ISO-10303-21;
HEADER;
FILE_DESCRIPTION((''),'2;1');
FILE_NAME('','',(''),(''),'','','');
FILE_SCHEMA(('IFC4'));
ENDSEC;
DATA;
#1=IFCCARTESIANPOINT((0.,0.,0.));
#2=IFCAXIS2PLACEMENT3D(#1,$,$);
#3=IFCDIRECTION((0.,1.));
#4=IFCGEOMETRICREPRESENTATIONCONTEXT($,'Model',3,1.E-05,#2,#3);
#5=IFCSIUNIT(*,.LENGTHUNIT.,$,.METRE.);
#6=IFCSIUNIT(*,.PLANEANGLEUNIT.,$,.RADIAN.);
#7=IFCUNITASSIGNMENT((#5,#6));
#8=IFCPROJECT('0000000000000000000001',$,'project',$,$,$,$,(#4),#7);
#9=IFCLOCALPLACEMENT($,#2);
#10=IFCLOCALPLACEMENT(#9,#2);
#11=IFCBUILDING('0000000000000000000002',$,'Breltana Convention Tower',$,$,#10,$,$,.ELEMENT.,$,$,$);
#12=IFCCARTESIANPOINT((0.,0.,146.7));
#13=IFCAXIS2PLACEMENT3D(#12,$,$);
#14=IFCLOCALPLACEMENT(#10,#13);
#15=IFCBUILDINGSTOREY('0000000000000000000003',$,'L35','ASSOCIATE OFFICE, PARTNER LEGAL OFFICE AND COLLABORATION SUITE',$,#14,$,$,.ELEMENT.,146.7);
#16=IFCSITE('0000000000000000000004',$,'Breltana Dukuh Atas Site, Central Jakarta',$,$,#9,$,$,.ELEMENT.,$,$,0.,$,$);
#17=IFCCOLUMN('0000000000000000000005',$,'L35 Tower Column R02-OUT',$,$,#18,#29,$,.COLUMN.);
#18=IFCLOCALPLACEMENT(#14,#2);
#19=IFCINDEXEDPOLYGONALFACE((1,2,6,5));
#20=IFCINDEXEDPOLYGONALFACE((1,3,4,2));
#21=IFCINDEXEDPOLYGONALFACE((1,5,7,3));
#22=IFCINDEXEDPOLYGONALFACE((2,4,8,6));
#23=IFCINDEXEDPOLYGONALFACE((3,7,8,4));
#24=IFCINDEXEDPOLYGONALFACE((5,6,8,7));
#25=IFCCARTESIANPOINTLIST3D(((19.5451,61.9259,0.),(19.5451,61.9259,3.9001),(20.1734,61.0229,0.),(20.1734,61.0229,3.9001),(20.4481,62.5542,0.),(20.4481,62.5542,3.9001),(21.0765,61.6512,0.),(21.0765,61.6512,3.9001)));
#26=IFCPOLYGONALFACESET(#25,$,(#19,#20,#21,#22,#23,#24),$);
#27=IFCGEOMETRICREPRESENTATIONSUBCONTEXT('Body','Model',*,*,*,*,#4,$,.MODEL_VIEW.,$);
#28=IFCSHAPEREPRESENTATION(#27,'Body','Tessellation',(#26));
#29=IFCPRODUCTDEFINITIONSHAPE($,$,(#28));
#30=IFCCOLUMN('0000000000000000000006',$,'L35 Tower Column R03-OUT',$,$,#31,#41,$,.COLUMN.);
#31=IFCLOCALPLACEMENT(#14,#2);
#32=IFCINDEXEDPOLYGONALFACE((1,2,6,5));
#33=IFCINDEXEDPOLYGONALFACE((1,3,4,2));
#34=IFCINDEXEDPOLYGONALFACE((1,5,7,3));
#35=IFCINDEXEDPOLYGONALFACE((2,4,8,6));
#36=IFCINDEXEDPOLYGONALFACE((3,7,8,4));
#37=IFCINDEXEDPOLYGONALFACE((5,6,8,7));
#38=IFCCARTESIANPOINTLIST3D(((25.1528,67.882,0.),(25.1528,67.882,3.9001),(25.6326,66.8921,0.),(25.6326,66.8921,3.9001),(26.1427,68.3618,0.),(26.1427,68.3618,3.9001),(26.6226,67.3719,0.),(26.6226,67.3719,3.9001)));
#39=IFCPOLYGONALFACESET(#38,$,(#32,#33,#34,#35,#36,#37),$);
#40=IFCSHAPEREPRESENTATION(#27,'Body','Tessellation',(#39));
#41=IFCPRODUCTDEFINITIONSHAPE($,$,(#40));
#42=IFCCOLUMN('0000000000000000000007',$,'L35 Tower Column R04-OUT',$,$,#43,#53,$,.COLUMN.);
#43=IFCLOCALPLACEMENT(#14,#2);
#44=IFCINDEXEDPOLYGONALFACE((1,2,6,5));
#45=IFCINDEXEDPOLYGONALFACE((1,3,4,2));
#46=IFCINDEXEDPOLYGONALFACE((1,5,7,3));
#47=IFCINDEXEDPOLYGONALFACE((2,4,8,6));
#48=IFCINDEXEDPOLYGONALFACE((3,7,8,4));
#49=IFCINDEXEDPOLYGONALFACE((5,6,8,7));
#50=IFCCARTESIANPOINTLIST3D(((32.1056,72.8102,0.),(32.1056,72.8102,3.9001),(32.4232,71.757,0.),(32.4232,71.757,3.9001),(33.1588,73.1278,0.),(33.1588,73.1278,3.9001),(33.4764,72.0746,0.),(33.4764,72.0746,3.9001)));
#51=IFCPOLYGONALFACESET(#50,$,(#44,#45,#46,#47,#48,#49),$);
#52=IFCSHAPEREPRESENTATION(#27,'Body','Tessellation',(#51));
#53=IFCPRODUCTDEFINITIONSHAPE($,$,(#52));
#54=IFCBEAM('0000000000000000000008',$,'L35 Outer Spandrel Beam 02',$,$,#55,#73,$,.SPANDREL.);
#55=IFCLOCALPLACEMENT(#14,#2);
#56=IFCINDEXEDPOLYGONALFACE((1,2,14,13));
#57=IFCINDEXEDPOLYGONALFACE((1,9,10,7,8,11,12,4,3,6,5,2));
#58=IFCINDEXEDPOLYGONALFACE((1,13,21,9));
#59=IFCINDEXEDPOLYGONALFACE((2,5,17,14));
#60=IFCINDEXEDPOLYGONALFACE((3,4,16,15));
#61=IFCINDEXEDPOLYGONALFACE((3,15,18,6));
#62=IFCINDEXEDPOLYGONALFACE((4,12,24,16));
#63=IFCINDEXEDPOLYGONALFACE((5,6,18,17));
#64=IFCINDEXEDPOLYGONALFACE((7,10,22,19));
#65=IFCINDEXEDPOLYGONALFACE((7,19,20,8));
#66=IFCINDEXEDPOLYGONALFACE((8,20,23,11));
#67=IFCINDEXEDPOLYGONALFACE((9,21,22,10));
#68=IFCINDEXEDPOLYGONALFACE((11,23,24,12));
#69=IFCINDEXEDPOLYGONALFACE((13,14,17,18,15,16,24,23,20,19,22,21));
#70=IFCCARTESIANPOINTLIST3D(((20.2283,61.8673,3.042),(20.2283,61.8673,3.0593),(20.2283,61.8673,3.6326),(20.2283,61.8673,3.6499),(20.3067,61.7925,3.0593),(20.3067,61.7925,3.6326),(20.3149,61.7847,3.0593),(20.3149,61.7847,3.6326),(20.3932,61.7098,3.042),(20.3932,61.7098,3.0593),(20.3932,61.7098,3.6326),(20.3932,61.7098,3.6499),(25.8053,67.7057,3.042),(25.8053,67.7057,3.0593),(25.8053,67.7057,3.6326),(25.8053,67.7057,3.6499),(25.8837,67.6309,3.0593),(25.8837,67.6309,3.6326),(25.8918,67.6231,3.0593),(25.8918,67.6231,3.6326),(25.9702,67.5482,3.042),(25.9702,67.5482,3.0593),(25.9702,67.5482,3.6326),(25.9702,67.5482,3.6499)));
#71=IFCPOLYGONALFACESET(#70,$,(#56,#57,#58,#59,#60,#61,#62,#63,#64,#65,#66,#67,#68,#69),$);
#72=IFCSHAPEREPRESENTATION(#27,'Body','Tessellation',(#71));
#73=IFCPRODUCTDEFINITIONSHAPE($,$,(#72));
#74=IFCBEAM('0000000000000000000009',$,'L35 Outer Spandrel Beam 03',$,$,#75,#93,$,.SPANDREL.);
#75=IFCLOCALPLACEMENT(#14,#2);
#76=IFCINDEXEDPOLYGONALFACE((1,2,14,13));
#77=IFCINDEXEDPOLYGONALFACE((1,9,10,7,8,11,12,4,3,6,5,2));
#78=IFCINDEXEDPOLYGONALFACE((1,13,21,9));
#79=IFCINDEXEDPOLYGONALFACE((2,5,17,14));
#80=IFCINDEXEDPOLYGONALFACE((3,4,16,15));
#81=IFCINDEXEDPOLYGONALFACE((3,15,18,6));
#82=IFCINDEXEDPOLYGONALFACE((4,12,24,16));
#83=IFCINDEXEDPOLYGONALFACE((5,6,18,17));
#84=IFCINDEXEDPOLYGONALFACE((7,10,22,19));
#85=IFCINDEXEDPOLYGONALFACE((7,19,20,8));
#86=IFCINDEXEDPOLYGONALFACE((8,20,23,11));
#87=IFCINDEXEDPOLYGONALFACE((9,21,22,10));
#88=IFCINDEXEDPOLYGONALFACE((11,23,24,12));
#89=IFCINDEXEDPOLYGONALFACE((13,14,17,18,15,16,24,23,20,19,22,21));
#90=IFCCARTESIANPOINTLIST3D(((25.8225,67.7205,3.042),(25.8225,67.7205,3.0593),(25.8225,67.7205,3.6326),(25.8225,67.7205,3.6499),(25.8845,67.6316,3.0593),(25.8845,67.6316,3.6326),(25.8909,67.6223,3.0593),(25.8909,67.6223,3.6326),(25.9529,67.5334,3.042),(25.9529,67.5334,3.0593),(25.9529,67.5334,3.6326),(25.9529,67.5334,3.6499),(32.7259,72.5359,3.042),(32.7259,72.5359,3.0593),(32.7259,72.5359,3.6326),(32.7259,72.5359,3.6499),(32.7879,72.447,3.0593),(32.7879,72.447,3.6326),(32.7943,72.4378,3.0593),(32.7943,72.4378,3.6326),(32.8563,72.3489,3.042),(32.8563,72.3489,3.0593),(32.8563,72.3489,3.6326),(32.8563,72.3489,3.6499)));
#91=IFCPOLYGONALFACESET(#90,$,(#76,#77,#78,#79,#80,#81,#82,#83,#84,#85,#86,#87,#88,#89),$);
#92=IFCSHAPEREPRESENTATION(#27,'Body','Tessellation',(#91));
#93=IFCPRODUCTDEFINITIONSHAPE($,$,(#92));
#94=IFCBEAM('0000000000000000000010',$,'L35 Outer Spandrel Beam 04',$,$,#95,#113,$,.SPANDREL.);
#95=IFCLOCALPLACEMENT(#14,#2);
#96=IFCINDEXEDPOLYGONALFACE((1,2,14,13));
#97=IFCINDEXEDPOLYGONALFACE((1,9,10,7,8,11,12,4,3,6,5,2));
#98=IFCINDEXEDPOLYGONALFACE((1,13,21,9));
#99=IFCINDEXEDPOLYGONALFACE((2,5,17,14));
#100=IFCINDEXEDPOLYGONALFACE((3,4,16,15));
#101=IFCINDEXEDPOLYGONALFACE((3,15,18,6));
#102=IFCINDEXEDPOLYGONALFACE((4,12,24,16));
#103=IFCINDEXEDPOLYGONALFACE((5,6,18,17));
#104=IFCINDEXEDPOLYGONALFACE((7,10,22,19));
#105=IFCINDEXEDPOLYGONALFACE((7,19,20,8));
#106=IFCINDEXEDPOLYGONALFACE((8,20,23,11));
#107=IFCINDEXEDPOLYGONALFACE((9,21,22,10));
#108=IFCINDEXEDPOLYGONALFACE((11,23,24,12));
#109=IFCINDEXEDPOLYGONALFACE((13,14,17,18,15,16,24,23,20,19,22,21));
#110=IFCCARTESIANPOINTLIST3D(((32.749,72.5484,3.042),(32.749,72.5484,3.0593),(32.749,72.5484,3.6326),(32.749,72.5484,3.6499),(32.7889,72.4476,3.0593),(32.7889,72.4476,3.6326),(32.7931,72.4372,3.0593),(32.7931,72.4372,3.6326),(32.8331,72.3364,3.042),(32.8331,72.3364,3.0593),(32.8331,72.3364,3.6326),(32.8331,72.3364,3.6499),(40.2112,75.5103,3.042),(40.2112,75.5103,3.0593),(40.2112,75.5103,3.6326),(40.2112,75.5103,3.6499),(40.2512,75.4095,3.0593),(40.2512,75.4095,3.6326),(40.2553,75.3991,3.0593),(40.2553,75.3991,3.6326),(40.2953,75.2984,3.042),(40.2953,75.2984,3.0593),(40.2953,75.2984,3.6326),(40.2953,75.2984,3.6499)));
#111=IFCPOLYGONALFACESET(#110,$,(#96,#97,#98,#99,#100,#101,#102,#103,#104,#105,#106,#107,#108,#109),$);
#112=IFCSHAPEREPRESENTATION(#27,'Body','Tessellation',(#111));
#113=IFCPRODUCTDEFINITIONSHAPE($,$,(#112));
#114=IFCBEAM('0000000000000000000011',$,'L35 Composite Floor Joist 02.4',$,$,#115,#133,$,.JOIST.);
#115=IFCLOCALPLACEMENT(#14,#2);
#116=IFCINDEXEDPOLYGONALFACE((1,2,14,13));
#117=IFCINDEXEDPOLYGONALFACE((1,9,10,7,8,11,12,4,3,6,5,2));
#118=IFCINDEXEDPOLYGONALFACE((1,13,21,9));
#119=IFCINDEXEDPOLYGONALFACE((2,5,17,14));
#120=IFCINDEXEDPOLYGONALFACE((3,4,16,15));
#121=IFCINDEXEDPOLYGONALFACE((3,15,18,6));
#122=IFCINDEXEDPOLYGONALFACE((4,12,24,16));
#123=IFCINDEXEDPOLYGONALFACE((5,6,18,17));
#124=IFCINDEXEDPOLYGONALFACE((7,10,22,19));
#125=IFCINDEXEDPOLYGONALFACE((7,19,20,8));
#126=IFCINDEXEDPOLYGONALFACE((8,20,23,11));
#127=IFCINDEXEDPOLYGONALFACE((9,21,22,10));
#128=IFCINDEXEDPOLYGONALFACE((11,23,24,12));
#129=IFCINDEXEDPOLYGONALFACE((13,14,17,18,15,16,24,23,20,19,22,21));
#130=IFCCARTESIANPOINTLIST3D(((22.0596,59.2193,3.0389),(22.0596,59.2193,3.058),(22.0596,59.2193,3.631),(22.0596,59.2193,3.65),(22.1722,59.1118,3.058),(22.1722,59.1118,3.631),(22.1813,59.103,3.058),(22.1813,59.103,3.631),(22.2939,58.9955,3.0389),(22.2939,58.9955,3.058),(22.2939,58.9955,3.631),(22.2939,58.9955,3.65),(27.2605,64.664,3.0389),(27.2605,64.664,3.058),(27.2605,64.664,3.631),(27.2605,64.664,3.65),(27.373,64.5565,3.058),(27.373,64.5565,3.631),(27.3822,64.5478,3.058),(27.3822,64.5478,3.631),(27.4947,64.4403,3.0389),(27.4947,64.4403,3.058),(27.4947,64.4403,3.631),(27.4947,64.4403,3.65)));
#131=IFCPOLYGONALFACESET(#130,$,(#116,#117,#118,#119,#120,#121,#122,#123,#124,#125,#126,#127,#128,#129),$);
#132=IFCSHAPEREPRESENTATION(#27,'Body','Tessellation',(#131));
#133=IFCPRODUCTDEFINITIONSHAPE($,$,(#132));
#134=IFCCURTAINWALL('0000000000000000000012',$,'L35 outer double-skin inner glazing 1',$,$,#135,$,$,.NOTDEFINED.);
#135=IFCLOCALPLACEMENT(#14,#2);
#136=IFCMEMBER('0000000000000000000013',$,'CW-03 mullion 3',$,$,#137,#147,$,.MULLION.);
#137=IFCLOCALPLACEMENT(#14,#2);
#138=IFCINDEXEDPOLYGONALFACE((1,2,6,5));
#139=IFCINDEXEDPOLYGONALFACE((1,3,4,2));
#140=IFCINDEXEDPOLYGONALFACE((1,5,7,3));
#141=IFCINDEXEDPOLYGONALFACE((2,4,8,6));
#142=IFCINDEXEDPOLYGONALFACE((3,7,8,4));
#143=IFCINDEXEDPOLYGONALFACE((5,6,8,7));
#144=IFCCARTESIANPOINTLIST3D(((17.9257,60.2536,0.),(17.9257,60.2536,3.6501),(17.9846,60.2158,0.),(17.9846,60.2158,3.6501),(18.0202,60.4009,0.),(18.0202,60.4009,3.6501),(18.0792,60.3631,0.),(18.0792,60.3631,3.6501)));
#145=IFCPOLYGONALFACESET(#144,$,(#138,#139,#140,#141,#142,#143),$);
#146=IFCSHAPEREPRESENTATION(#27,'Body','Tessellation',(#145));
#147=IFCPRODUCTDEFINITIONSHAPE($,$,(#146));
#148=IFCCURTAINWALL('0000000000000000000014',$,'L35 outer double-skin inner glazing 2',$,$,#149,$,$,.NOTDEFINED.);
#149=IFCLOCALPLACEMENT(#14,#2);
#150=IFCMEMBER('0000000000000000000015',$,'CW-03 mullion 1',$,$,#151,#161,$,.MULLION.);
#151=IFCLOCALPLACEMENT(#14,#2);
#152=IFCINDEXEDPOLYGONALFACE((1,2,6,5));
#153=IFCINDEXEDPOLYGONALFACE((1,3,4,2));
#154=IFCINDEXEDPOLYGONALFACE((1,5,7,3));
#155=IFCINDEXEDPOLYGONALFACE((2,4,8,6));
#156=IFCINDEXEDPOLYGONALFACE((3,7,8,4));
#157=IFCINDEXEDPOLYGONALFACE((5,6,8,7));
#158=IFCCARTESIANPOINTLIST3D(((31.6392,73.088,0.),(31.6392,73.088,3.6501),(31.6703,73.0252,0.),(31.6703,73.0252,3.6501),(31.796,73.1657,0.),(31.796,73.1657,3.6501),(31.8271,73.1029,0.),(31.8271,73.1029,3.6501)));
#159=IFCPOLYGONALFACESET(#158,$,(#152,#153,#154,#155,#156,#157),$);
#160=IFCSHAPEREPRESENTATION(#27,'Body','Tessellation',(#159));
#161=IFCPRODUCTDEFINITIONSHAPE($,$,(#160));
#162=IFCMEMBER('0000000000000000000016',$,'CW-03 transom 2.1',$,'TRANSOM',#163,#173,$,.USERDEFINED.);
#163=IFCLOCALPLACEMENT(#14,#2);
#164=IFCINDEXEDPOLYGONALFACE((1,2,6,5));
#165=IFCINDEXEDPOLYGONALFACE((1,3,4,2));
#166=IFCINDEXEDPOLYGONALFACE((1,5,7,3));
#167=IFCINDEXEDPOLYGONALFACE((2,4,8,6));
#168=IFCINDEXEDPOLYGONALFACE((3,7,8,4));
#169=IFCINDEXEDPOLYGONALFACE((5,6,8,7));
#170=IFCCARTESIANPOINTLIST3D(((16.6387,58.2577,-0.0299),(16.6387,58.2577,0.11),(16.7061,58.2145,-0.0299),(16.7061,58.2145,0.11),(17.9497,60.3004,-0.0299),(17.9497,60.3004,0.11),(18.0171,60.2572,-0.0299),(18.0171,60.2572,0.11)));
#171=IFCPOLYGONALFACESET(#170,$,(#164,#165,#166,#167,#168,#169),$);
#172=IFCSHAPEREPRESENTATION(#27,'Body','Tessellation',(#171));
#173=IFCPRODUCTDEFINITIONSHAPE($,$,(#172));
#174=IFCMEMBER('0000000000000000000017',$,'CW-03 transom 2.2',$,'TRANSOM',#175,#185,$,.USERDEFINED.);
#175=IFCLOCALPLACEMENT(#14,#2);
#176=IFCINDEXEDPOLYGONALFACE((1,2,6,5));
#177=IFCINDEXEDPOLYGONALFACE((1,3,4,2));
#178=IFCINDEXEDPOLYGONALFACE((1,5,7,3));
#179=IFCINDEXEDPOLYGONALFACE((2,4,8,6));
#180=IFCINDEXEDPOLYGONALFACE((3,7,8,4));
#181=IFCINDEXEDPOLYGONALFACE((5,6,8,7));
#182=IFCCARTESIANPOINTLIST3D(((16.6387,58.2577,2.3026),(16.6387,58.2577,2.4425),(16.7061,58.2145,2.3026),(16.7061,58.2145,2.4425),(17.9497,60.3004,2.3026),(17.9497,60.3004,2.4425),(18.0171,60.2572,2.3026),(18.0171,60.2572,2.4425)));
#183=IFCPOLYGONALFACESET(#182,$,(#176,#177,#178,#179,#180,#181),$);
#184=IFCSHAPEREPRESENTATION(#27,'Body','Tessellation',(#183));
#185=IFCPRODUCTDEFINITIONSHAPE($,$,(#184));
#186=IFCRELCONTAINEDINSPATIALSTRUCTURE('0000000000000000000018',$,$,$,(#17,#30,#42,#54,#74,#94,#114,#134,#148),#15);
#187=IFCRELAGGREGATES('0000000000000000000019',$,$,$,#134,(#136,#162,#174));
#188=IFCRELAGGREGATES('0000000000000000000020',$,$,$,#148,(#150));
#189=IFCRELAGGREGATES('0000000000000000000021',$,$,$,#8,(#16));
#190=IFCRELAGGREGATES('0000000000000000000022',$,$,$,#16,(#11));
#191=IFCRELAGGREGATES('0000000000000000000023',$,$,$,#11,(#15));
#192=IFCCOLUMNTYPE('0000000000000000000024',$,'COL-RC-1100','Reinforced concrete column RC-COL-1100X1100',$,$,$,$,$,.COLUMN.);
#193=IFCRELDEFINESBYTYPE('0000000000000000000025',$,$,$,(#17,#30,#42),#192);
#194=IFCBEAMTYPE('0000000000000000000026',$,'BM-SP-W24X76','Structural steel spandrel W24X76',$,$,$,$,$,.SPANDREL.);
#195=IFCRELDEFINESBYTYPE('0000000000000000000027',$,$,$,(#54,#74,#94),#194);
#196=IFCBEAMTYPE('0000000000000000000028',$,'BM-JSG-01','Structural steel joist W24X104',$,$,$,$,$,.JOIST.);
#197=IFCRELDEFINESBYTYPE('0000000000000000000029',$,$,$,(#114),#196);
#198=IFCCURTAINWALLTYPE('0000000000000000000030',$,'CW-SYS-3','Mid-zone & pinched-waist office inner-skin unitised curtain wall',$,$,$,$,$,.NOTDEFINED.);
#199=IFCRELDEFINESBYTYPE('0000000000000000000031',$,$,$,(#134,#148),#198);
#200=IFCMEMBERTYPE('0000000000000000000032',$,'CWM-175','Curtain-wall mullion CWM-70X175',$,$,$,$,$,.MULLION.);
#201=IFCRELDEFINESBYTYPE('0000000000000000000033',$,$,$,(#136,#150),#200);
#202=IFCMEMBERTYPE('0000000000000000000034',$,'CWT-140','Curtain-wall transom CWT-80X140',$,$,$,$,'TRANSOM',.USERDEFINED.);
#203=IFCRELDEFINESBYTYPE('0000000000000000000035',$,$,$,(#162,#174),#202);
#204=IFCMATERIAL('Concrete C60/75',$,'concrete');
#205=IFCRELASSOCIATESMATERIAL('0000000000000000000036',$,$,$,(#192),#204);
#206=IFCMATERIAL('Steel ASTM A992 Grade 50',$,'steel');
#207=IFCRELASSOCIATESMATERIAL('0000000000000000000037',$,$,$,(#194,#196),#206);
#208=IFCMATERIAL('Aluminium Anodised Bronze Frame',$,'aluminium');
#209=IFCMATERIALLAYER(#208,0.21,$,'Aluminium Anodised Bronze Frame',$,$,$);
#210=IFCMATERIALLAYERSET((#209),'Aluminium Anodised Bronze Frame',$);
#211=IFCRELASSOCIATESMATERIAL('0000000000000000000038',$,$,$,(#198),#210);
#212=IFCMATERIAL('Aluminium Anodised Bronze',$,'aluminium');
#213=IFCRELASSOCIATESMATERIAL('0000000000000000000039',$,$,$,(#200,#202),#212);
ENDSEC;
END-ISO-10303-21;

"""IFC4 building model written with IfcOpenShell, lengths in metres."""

from ifc_helpers import new_model, si_unit, direction, frame, origin, origin_2d, place, context, subcontext, project, spatial, rectangle, i_section, extrude, source, transform, mapped, material, layer, layer_set, material_profile, profile_set, type_object, element, aggregate, save


model = new_model("IFC4")

# Units and contexts
model_context = context("Model", 3, precision=1e-05, world=origin(), true_north=direction((0.0, 1.0)))
body_context = subcontext(model_context, "Body", "Model", "MODEL_VIEW")
ifc_project = project(units=[si_unit("LENGTHUNIT", "METRE"), si_unit("PLANEANGLEUNIT", "RADIAN")], contexts=[model_context])

# Site, building, storey
site_placement = place(None, origin())
site = spatial("IfcSite", under=ifc_project, at=site_placement, Name="Breltana Dukuh Atas Site, Central Jakarta", CompositionType="ELEMENT", RefElevation=0.0)
building_placement = place(site_placement, origin())
building = spatial("IfcBuilding", under=site, at=building_placement, Name="Breltana Convention Tower", CompositionType="ELEMENT")
storey_placement = place(building_placement, frame((0.0, 0.0, 146.7)))
storey = spatial("IfcBuildingStorey", under=building, at=storey_placement, Name="L35", Description="ASSOCIATE OFFICE, PARTNER LEGAL OFFICE AND COLLABORATION SUITE", CompositionType="ELEMENT", Elevation=146.7)

# Columns
ifc_material_1 = material(Name="Concrete C60/75", Category="concrete")
ifc_material_profile_1 = material_profile(ifc_material_1, rectangle(XDim=1.1001, YDim=1.1001, at=origin_2d()), Name="RC-COL-1100X1100")
ifc_profile_set_1 = profile_set([ifc_material_profile_1], Name="Concrete C60/75")
column_type = type_object("IfcColumnType", Name="COL-RC-1100", Description="Reinforced concrete column RC-COL-1100X1100", PredefinedType="COLUMN", material=ifc_profile_set_1)
shared_shape_1 = source(origin(), body_context, "Body", "SweptSolid", [
    extrude(rectangle(XDim=1.1001, YDim=1.1001, at=origin_2d()), origin(), (0.0, 0.0, 1.0), 3.9001),
])
for number, where, z_axis, x_axis, name in (
    (1, (20.3108, 61.7886, 0.0), (0.0, 0.0, 1.0), (-0.571143, 0.82085, 0.0), "L35 Tower Column R02-OUT"),
    (2, (25.8877, 67.627, 0.0), (0.0, 0.0, 1.0), (-0.436174, 0.899863, 0.0), "L35 Tower Column R03-OUT"),
    (3, (32.791, 72.4424, 0.0), (0.0, 0.0, 1.0), (-0.288698, 0.95742, 0.0), "L35 Tower Column R04-OUT"),
):
    element("IfcColumn", number, at=place(storey_placement, frame(where, z_axis=z_axis, x_axis=x_axis)), inside=storey, type_object=column_type, Name=name, PredefinedType="COLUMN", context=body_context, shape_type="MappedRepresentation", body=[
        mapped(shared_shape_1, transform((0.0, 0.0, 0.0), scale=1.0)),
    ])

# Beams
ifc_material_2 = material(Name="Steel ASTM A992 Grade 50", Category="steel")
ifc_material_profile_2 = material_profile(ifc_material_2, i_section(OverallWidth=0.228, OverallDepth=0.6079, WebThickness=0.0112, FlangeThickness=0.0173, at=origin_2d()), Name="W24X76")
ifc_profile_set_2 = profile_set([ifc_material_profile_2], Name="Steel ASTM A992 Grade 50")
beam_type_1 = type_object("IfcBeamType", Name="BM-SP-W24X76", Description="Structural steel spandrel W24X76", PredefinedType="SPANDREL", material=ifc_profile_set_2)
shared_shape_2 = source(origin(), body_context, "Body", "SweptSolid", [
    extrude(i_section(OverallWidth=0.228, OverallDepth=0.6079, WebThickness=0.0112, FlangeThickness=0.0173, at=origin_2d()), origin(), (0.0, 0.0, 1.0), 8.074),
])
beam_1_placement = place(storey_placement, frame((20.3108, 61.7886, 3.3459), z_axis=(0.690729, 0.723114, 0.0), x_axis=(-0.723114, 0.690729, 0.0)))
element("IfcBeam", 4, at=beam_1_placement, inside=storey, type_object=beam_type_1, Name="L35 Outer Spandrel Beam 02", PredefinedType="SPANDREL", context=body_context, shape_type="MappedRepresentation", body=[
    mapped(shared_shape_2, transform((0.0, 0.0, 0.0), scale=1.0)),
])
shared_shape_3 = source(origin(), body_context, "Body", "SweptSolid", [
    extrude(i_section(OverallWidth=0.228, OverallDepth=0.6079, WebThickness=0.0112, FlangeThickness=0.0173, at=origin_2d()), origin(), (0.0, 0.0, 1.0), 8.417),
])
beam_2_placement = place(storey_placement, frame((25.8877, 67.627, 3.3459), z_axis=(0.820174, 0.572114, 0.0), x_axis=(-0.572114, 0.820174, 0.0)))
element("IfcBeam", 5, at=beam_2_placement, inside=storey, type_object=beam_type_1, Name="L35 Outer Spandrel Beam 03", PredefinedType="SPANDREL", context=body_context, shape_type="MappedRepresentation", body=[
    mapped(shared_shape_3, transform((0.0, 0.0, 0.0), scale=1.0)),
])
shared_shape_4 = source(origin(), body_context, "Body", "SweptSolid", [
    extrude(i_section(OverallWidth=0.228, OverallDepth=0.6079, WebThickness=0.0112, FlangeThickness=0.0173, at=origin_2d()), origin(), (0.0, 0.0, 1.0), 8.0286),
])
beam_3_placement = place(storey_placement, frame((32.791, 72.4424, 3.3459), z_axis=(0.929459, 0.368925, 0.0), x_axis=(-0.368925, 0.929459, 0.0)))
element("IfcBeam", 6, at=beam_3_placement, inside=storey, type_object=beam_type_1, Name="L35 Outer Spandrel Beam 04", PredefinedType="SPANDREL", context=body_context, shape_type="MappedRepresentation", body=[
    mapped(shared_shape_4, transform((0.0, 0.0, 0.0), scale=1.0)),
])
ifc_material_profile_3 = material_profile(ifc_material_2, i_section(OverallWidth=0.324, OverallDepth=0.6111, WebThickness=0.0127, FlangeThickness=0.019, at=origin_2d()), Name="W24X104")
ifc_profile_set_3 = profile_set([ifc_material_profile_3], Name="Steel ASTM A992 Grade 50")
beam_type_2 = type_object("IfcBeamType", Name="BM-JSG-01", Description="Structural steel joist W24X104", PredefinedType="JOIST", material=ifc_profile_set_3)
shared_shape_5 = source(origin(), body_context, "Body", "SweptSolid", [
    extrude(i_section(OverallWidth=0.324, OverallDepth=0.6111, WebThickness=0.0127, FlangeThickness=0.019, at=origin_2d()), origin(), (0.0, 0.0, 1.0), 7.5295),
])
beam_4_placement = place(storey_placement, frame((22.1768, 59.1074, 3.3445), z_axis=(0.690726, 0.723117, 0.0), x_axis=(-0.723117, 0.690726, 0.0)))
element("IfcBeam", 7, at=beam_4_placement, inside=storey, type_object=beam_type_2, Name="L35 Composite Floor Joist 02.4", PredefinedType="JOIST", context=body_context, shape_type="MappedRepresentation", body=[
    mapped(shared_shape_5, transform((0.0, 0.0, 0.0), scale=1.0)),
])

# Curtain walls, members
ifc_material_3 = material(Name="Aluminium Anodised Bronze Frame", Category="aluminium")
ifc_layer_1 = layer(ifc_material_3, 0.21, Name="Aluminium Anodised Bronze Frame")
ifc_layer_set_1 = layer_set([ifc_layer_1], Name="Aluminium Anodised Bronze Frame")
curtain_wall_type = type_object("IfcCurtainWallType", Name="CW-SYS-3", Description="Mid-zone & pinched-waist office inner-skin unitised curtain wall", PredefinedType="NOTDEFINED", material=ifc_layer_set_1)
curtain_wall_1_placement = place(storey_placement, origin())
curtain_wall_1 = element("IfcCurtainWall", 8, at=curtain_wall_1_placement, inside=storey, type_object=curtain_wall_type, Name="L35 outer double-skin inner glazing 1", PredefinedType="NOTDEFINED")
ifc_material_4 = material(Name="Aluminium Anodised Bronze", Category="aluminium")
ifc_material_profile_4 = material_profile(ifc_material_4, rectangle(XDim=0.0701, YDim=0.175, at=origin_2d()), Name="CWM-70X175")
ifc_profile_set_4 = profile_set([ifc_material_profile_4], Name="Aluminium Anodised Bronze")
member_type_1 = type_object("IfcMemberType", Name="CWM-175", Description="Curtain-wall mullion CWM-70X175", PredefinedType="MULLION", material=ifc_profile_set_4)
shared_shape_6 = source(origin(), body_context, "Body", "SweptSolid", [
    extrude(rectangle(XDim=0.0701, YDim=0.175, at=origin_2d()), origin(), (0.0, 0.0, 1.0), 3.6501),
])
member_1_placement = place(storey_placement, frame((18.0024, 60.3083, 0.0), z_axis=(0.0, 0.0, 1.0), x_axis=(-0.841554, 0.540173, 0.0)))
member_1 = element("IfcMember", 9, at=member_1_placement, type_object=member_type_1, Name="CW-03 mullion 3", PredefinedType="MULLION", context=body_context, shape_type="MappedRepresentation", body=[
    mapped(shared_shape_6, transform((0.0, 0.0, 0.0), scale=1.0)),
])
curtain_wall_2_placement = place(storey_placement, origin())
curtain_wall_2 = element("IfcCurtainWall", 10, at=curtain_wall_2_placement, inside=storey, type_object=curtain_wall_type, Name="L35 outer double-skin inner glazing 2", PredefinedType="NOTDEFINED")
member_2_placement = place(storey_placement, frame((31.7332, 73.0955, 0.0), z_axis=(0.0, 0.0, 1.0), x_axis=(-0.444118, 0.895968, 0.0)))
member_2 = element("IfcMember", 11, at=member_2_placement, type_object=member_type_1, Name="CW-03 mullion 1", PredefinedType="MULLION", context=body_context, shape_type="MappedRepresentation", body=[
    mapped(shared_shape_6, transform((0.0, 0.0, 0.0), scale=1.0)),
])

# Members
ifc_material_profile_5 = material_profile(ifc_material_4, rectangle(XDim=0.0801, YDim=0.1399, at=origin_2d()), Name="CWT-80X140")
ifc_profile_set_5 = profile_set([ifc_material_profile_5], Name="Aluminium Anodised Bronze")
member_type_2 = type_object("IfcMemberType", Name="CWT-140", Description="Curtain-wall transom CWT-80X140", ElementType="TRANSOM", PredefinedType="USERDEFINED", material=ifc_profile_set_5)
shared_shape_7 = source(origin(), body_context, "Body", "SweptSolid", [
    extrude(rectangle(XDim=0.0801, YDim=0.1399, at=origin_2d()), origin(), (0.0, 0.0, 1.0), 2.4272),
])
member_3_placement = place(storey_placement, frame((16.6724, 58.2361, 0.04), z_axis=(0.540132, 0.84158, 0.0), x_axis=(-0.84158, 0.540132, 0.0)))
member_3 = element("IfcMember", 12, at=member_3_placement, type_object=member_type_2, Name="CW-03 transom 2.1", ObjectType="TRANSOM", PredefinedType="USERDEFINED", context=body_context, shape_type="MappedRepresentation", body=[
    mapped(shared_shape_7, transform((0.0, 0.0, 0.0), scale=1.0)),
])
member_4_placement = place(storey_placement, frame((16.6724, 58.2361, 2.3726), z_axis=(0.540132, 0.84158, 0.0), x_axis=(-0.84158, 0.540132, 0.0)))
member_4 = element("IfcMember", 13, at=member_4_placement, type_object=member_type_2, Name="CW-03 transom 2.2", ObjectType="TRANSOM", PredefinedType="USERDEFINED", context=body_context, shape_type="MappedRepresentation", body=[
    mapped(shared_shape_7, transform((0.0, 0.0, 0.0), scale=1.0)),
])

aggregate(curtain_wall_1, [member_1, member_3, member_4])
aggregate(curtain_wall_2, [member_2])

save(model, "model.ifc")
